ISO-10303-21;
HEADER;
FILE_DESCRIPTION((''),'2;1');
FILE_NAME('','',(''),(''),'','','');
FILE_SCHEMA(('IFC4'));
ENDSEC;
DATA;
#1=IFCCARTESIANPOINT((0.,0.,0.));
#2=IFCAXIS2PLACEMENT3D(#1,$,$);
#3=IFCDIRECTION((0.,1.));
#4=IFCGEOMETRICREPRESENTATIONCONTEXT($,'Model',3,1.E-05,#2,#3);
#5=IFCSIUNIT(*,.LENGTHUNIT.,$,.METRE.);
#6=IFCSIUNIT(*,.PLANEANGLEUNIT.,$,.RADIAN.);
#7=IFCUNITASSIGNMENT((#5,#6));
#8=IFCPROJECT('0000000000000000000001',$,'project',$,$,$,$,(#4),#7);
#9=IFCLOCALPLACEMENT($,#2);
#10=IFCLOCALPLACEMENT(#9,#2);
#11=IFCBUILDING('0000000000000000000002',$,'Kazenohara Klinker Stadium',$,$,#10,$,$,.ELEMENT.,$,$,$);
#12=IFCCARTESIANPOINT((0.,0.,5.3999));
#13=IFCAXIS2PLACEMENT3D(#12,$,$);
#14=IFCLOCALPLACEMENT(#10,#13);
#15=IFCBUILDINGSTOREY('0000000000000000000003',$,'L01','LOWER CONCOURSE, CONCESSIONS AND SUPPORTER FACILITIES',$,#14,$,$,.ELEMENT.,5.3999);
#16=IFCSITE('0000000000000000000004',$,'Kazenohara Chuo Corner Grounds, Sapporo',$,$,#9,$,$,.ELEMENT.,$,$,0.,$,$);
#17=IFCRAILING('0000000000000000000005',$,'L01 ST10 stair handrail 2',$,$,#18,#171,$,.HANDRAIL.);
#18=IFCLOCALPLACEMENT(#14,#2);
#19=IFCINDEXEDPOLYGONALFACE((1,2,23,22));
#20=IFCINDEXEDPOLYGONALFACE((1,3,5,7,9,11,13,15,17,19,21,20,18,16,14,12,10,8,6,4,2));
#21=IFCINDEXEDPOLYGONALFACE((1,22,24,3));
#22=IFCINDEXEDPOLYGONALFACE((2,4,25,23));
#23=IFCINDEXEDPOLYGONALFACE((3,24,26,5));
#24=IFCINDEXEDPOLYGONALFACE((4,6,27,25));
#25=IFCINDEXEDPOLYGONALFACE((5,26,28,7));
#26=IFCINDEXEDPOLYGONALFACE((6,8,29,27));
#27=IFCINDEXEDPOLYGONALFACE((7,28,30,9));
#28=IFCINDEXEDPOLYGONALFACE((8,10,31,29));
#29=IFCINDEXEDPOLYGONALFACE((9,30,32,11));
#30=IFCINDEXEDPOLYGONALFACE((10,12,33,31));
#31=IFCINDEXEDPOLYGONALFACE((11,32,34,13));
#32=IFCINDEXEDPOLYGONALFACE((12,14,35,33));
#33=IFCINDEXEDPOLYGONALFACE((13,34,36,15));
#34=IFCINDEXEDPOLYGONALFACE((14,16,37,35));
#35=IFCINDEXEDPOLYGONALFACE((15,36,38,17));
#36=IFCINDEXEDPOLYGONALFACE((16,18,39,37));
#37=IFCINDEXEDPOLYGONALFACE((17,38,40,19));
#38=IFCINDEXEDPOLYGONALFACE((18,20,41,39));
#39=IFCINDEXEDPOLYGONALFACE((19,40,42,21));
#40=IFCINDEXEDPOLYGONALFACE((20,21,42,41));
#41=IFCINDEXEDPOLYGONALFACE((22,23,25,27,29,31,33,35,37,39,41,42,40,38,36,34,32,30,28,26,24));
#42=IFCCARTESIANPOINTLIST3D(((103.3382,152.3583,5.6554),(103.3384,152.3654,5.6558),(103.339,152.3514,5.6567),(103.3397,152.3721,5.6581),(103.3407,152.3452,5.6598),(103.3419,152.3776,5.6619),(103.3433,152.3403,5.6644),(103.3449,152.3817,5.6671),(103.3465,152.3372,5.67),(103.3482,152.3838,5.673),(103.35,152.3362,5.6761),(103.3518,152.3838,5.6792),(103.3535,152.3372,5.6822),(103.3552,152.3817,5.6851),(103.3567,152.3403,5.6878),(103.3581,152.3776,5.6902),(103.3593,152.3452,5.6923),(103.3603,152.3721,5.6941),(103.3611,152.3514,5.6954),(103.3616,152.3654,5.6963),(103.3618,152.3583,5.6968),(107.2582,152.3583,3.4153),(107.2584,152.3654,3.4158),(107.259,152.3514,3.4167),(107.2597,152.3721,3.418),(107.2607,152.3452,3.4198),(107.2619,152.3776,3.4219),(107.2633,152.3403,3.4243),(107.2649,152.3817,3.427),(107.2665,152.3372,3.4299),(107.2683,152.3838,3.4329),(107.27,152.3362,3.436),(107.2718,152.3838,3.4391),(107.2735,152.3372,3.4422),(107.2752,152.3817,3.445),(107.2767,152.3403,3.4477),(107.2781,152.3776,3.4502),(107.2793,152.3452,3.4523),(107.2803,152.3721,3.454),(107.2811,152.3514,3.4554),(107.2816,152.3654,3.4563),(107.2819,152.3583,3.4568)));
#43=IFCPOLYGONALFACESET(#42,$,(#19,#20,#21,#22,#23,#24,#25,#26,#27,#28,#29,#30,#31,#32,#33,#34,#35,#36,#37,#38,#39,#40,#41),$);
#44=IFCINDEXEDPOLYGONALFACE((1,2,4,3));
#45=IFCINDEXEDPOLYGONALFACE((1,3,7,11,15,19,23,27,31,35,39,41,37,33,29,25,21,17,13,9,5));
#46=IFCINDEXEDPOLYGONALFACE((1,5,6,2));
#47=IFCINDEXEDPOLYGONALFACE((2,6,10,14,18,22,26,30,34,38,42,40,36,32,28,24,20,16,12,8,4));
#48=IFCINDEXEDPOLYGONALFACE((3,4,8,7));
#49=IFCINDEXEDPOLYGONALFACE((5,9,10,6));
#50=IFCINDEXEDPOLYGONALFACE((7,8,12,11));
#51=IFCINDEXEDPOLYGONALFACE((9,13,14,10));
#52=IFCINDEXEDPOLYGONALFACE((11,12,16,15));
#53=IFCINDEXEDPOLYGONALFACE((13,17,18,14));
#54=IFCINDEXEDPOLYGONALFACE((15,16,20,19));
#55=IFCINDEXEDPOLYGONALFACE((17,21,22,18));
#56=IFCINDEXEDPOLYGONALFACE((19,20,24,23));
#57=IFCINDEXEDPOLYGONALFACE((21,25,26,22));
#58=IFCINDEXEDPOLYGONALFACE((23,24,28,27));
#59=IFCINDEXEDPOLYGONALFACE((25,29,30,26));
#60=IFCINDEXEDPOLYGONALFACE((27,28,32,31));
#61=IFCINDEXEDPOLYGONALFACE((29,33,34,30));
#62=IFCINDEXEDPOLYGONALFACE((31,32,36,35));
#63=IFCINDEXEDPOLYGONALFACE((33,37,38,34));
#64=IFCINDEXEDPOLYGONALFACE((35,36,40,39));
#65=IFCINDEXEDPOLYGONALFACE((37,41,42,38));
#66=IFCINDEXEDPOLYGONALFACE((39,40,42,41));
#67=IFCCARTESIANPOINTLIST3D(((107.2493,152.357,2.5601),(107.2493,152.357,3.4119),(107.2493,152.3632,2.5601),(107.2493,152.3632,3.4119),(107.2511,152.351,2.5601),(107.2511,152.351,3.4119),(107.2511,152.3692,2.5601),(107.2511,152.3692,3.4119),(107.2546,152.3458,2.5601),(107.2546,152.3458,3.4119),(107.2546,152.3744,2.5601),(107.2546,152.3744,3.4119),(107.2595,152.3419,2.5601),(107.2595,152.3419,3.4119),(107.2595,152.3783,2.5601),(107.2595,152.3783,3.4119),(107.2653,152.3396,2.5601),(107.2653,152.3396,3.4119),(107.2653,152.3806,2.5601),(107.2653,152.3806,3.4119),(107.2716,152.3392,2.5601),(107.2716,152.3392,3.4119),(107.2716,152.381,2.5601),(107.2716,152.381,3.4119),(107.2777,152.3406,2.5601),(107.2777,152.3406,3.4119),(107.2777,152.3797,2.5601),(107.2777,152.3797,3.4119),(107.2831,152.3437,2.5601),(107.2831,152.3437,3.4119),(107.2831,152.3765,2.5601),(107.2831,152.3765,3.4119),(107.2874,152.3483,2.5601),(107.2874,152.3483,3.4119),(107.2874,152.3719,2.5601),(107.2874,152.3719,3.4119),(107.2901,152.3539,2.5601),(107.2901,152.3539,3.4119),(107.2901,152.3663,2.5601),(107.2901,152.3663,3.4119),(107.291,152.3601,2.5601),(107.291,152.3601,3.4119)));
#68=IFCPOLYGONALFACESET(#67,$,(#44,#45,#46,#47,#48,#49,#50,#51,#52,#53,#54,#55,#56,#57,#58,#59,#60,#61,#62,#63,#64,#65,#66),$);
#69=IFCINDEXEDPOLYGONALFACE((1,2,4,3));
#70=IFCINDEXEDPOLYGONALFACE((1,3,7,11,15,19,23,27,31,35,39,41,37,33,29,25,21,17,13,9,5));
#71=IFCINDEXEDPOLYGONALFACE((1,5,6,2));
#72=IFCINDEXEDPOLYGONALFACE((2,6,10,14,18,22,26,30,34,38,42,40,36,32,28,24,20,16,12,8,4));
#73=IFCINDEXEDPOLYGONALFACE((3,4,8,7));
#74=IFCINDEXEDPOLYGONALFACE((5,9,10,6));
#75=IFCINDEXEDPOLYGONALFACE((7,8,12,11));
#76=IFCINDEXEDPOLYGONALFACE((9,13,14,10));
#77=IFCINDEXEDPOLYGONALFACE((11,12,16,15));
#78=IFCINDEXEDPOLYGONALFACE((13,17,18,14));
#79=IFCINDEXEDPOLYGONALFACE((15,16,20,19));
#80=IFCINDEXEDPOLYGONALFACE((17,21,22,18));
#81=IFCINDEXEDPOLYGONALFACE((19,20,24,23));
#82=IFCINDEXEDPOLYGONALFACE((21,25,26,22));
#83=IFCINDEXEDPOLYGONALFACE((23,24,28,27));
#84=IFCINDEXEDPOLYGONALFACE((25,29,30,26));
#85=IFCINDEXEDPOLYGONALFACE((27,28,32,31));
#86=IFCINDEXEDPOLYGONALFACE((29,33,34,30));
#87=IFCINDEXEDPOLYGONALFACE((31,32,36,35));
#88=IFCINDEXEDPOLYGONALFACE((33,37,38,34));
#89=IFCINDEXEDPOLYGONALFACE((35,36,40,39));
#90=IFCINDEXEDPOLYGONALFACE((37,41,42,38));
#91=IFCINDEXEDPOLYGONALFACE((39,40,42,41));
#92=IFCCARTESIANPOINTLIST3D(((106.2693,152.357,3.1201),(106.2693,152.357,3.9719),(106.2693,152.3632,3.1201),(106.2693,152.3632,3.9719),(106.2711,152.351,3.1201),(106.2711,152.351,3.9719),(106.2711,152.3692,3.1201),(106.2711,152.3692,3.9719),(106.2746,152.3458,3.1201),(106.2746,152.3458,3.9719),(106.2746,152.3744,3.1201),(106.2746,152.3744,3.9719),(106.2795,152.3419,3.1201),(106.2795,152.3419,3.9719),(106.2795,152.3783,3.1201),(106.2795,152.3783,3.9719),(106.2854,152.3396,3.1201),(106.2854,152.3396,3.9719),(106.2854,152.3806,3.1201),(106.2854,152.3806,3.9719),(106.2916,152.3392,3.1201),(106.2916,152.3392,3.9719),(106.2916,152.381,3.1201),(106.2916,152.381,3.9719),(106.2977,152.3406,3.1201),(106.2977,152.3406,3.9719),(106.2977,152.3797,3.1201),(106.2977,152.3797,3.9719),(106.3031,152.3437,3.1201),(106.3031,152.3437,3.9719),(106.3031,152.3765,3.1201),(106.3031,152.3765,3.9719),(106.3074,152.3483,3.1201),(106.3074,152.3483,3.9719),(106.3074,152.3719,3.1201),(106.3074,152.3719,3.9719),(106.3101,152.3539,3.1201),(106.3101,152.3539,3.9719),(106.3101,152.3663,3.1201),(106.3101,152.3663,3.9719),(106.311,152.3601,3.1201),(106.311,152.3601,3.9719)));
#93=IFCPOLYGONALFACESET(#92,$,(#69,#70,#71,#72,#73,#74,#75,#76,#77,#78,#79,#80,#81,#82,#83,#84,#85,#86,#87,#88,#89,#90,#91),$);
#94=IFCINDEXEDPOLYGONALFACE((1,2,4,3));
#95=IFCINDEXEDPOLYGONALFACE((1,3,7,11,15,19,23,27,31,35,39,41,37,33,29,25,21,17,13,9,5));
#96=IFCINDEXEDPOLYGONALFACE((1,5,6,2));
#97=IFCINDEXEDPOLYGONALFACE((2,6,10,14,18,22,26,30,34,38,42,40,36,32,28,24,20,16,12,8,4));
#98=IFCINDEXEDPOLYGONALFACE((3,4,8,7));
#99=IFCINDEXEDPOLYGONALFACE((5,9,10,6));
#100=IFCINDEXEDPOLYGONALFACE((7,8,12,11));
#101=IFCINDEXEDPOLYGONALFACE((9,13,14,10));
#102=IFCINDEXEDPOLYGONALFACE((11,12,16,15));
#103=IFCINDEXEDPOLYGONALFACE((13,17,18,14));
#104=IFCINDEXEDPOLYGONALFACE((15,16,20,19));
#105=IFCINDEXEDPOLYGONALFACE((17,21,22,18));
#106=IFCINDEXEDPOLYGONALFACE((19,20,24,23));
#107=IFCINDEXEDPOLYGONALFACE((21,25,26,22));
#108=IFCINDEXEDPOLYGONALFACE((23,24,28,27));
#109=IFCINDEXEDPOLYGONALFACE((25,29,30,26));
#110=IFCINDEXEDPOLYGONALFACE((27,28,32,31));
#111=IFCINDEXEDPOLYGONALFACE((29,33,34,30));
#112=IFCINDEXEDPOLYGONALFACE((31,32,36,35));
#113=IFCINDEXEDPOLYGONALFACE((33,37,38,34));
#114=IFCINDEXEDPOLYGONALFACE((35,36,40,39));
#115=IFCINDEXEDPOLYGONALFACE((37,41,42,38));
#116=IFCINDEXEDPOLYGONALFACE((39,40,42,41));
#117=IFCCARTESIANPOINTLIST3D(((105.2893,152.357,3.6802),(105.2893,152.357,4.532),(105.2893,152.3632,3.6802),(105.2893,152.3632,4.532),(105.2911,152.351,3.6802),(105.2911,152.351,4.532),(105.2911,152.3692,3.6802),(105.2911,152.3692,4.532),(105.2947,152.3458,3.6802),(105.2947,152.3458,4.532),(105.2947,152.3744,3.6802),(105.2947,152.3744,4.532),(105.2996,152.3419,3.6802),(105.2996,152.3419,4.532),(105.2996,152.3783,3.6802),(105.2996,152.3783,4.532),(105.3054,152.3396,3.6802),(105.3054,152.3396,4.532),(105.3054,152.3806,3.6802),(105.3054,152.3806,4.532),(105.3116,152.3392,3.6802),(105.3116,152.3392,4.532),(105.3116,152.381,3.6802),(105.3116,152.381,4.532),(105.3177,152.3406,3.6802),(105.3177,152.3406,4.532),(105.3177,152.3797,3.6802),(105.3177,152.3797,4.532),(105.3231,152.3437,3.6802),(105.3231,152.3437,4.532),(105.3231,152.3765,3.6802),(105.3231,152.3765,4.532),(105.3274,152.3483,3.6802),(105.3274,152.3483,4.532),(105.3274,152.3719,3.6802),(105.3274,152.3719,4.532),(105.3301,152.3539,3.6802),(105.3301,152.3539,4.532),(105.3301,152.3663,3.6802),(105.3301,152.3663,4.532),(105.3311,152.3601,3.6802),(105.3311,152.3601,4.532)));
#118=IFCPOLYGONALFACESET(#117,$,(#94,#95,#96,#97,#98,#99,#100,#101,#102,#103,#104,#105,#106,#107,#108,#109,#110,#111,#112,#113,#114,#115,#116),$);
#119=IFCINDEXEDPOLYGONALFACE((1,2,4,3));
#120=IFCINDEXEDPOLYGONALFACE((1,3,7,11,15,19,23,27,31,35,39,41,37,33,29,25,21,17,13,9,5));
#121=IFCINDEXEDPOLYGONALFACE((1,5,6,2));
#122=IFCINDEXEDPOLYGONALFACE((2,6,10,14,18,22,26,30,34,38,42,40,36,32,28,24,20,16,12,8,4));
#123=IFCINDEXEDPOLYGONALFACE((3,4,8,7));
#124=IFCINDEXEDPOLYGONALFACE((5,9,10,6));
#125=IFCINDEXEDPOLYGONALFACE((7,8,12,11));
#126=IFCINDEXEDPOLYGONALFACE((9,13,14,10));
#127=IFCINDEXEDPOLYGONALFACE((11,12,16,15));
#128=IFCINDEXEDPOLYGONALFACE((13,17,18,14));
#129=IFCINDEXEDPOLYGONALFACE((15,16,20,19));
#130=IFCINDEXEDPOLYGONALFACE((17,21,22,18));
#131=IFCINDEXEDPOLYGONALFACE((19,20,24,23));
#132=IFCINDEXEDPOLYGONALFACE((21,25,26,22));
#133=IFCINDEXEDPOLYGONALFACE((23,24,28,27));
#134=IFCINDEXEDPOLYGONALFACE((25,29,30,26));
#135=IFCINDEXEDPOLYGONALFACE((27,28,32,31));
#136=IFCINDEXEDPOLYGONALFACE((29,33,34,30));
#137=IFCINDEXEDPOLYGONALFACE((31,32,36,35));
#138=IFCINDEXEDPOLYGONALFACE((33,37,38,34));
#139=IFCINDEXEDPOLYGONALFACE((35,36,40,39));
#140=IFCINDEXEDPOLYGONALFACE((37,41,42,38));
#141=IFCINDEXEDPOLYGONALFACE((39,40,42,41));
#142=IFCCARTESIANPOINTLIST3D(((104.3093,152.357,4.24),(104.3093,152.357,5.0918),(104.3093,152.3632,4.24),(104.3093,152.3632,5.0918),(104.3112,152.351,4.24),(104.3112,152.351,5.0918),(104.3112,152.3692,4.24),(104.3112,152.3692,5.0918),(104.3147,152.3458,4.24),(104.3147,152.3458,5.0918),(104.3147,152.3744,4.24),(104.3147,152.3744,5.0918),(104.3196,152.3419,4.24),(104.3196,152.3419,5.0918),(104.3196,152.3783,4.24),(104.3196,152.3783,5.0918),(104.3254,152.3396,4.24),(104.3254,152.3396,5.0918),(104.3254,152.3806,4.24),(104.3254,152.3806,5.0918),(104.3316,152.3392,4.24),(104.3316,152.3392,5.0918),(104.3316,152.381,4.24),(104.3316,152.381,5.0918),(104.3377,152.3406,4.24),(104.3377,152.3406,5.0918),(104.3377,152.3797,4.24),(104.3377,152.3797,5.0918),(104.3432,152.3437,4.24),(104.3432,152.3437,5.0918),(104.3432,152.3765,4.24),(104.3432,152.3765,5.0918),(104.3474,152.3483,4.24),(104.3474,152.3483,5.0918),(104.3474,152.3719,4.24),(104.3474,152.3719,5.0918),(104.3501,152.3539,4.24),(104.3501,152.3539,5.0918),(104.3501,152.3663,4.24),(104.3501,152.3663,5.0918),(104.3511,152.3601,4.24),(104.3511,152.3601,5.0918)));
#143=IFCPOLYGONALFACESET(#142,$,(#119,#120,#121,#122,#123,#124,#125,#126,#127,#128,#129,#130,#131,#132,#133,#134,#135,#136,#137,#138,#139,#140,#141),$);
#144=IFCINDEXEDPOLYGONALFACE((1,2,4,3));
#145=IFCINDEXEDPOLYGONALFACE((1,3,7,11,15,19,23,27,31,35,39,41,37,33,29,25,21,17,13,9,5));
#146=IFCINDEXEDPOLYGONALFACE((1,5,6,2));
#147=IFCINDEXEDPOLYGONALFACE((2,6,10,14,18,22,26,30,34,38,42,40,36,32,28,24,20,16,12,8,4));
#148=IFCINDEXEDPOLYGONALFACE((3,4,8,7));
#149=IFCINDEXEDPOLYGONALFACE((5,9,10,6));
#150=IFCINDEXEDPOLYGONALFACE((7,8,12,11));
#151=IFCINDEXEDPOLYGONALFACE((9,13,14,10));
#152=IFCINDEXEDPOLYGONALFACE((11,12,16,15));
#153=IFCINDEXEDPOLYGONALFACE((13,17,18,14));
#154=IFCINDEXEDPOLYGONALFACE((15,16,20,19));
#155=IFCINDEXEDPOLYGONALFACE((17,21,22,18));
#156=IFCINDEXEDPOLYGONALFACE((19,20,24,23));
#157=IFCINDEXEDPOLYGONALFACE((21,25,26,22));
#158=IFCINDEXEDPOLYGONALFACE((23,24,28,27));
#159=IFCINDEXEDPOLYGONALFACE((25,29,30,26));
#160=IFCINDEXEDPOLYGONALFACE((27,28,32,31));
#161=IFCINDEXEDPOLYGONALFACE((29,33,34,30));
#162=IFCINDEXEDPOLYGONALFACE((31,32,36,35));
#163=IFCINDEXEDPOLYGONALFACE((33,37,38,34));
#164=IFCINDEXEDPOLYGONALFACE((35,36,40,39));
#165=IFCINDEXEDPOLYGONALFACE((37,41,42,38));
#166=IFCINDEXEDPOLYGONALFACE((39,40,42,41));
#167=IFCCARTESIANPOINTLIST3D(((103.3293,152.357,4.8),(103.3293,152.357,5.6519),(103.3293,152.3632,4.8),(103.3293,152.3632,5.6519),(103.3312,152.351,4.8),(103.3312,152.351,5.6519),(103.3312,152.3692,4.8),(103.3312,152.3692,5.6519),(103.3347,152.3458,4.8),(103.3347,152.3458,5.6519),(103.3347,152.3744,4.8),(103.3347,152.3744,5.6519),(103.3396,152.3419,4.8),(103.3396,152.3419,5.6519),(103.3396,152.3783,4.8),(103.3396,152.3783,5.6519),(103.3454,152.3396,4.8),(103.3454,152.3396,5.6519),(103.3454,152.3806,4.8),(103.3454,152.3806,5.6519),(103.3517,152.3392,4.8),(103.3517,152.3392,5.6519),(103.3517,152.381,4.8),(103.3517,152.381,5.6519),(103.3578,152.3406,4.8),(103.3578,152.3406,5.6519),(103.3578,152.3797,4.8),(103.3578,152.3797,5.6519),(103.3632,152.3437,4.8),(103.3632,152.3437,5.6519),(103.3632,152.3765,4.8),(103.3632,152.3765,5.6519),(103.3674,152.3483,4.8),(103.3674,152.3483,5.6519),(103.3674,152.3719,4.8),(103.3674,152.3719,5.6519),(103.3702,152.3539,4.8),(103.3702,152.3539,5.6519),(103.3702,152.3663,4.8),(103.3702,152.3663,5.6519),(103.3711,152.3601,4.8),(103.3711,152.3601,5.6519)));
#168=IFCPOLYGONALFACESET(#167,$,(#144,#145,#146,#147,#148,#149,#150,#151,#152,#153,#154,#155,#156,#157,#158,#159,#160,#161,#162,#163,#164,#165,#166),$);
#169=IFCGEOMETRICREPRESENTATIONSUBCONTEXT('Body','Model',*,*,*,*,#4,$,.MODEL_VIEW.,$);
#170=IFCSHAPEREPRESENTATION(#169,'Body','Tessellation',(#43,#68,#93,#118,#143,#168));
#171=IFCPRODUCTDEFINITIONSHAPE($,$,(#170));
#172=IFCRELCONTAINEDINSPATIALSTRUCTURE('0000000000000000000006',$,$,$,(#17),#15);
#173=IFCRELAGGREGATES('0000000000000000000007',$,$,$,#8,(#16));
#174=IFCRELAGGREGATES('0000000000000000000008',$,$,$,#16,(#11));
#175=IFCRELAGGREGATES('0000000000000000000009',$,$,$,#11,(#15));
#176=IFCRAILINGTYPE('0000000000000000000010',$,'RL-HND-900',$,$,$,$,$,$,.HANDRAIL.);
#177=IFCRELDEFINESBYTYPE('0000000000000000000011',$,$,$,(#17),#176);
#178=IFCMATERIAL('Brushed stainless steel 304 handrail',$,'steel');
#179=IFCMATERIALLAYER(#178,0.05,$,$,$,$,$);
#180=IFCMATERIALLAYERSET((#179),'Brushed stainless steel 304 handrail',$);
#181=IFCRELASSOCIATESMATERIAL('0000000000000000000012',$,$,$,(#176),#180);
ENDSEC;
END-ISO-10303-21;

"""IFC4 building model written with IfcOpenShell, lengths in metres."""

from ifc_helpers import new_model, si_unit, direction, frame, origin, origin_2d, place, context, subcontext, project, spatial, circle, extrude, material, layer, layer_set, type_object, element, save


model = new_model("IFC4")

# Units and contexts
model_context = context("Model", 3, precision=1e-05, world=origin(), true_north=direction((0.0, 1.0)))
body_context = subcontext(model_context, "Body", "Model", "MODEL_VIEW")
ifc_project = project(units=[si_unit("LENGTHUNIT", "METRE"), si_unit("PLANEANGLEUNIT", "RADIAN")], contexts=[model_context])

# Site, building, storey
site_placement = place(None, origin())
site = spatial("IfcSite", under=ifc_project, at=site_placement, Name="Kazenohara Chuo Corner Grounds, Sapporo", CompositionType="ELEMENT", RefElevation=0.0)
building_placement = place(site_placement, origin())
building = spatial("IfcBuilding", under=site, at=building_placement, Name="Kazenohara Klinker Stadium", CompositionType="ELEMENT")
storey_placement = place(building_placement, frame((0.0, 0.0, 5.3999)))
storey = spatial("IfcBuildingStorey", under=building, at=storey_placement, Name="L01", Description="LOWER CONCOURSE, CONCESSIONS AND SUPPORTER FACILITIES", CompositionType="ELEMENT", Elevation=5.3999)

# Railing
ifc_material_1 = material(Name="Brushed stainless steel 304 handrail", Category="steel")
ifc_layer_1 = layer(ifc_material_1, 0.05)
ifc_layer_set_1 = layer_set([ifc_layer_1], Name="Brushed stainless steel 304 handrail")
railing_type = type_object("IfcRailingType", Name="RL-HND-900", PredefinedType="HANDRAIL", material=ifc_layer_set_1)
railing_placement = place(storey_placement, frame((107.27, 152.3601, 2.5601)))
element("IfcRailing", 1, at=railing_placement, inside=storey, type_object=railing_type, Name="L01 ST10 stair handrail 2", PredefinedType="HANDRAIL", context=body_context, shape_type="SweptSolid", body=[
    extrude(circle(Radius=0.0239, at=origin_2d()), frame((0.0, 0.0, 0.876), z_axis=(-0.86824, 0.0, 0.496145), x_axis=(0.0, -1.0, 0.0)), (0.0, 0.0, 1.0), 4.5149),
    extrude(circle(Radius=0.021, at=origin_2d()), origin(), (0.0, 0.0, 1.0), 0.8518),
    extrude(circle(Radius=0.021, at=origin_2d()), frame((-0.98, 0.0, 0.5601)), (0.0, 0.0, 1.0), 0.8518),
    extrude(circle(Radius=0.021, at=origin_2d()), frame((-1.96, 0.0, 1.1201)), (0.0, 0.0, 1.0), 0.8518),
    extrude(circle(Radius=0.021, at=origin_2d()), frame((-2.9399, 0.0, 1.6799)), (0.0, 0.0, 1.0), 0.8518),
    extrude(circle(Radius=0.021, at=origin_2d()), frame((-3.9199, 0.0, 2.24)), (0.0, 0.0, 1.0), 0.8518),
])

save(model, "model.ifc")
